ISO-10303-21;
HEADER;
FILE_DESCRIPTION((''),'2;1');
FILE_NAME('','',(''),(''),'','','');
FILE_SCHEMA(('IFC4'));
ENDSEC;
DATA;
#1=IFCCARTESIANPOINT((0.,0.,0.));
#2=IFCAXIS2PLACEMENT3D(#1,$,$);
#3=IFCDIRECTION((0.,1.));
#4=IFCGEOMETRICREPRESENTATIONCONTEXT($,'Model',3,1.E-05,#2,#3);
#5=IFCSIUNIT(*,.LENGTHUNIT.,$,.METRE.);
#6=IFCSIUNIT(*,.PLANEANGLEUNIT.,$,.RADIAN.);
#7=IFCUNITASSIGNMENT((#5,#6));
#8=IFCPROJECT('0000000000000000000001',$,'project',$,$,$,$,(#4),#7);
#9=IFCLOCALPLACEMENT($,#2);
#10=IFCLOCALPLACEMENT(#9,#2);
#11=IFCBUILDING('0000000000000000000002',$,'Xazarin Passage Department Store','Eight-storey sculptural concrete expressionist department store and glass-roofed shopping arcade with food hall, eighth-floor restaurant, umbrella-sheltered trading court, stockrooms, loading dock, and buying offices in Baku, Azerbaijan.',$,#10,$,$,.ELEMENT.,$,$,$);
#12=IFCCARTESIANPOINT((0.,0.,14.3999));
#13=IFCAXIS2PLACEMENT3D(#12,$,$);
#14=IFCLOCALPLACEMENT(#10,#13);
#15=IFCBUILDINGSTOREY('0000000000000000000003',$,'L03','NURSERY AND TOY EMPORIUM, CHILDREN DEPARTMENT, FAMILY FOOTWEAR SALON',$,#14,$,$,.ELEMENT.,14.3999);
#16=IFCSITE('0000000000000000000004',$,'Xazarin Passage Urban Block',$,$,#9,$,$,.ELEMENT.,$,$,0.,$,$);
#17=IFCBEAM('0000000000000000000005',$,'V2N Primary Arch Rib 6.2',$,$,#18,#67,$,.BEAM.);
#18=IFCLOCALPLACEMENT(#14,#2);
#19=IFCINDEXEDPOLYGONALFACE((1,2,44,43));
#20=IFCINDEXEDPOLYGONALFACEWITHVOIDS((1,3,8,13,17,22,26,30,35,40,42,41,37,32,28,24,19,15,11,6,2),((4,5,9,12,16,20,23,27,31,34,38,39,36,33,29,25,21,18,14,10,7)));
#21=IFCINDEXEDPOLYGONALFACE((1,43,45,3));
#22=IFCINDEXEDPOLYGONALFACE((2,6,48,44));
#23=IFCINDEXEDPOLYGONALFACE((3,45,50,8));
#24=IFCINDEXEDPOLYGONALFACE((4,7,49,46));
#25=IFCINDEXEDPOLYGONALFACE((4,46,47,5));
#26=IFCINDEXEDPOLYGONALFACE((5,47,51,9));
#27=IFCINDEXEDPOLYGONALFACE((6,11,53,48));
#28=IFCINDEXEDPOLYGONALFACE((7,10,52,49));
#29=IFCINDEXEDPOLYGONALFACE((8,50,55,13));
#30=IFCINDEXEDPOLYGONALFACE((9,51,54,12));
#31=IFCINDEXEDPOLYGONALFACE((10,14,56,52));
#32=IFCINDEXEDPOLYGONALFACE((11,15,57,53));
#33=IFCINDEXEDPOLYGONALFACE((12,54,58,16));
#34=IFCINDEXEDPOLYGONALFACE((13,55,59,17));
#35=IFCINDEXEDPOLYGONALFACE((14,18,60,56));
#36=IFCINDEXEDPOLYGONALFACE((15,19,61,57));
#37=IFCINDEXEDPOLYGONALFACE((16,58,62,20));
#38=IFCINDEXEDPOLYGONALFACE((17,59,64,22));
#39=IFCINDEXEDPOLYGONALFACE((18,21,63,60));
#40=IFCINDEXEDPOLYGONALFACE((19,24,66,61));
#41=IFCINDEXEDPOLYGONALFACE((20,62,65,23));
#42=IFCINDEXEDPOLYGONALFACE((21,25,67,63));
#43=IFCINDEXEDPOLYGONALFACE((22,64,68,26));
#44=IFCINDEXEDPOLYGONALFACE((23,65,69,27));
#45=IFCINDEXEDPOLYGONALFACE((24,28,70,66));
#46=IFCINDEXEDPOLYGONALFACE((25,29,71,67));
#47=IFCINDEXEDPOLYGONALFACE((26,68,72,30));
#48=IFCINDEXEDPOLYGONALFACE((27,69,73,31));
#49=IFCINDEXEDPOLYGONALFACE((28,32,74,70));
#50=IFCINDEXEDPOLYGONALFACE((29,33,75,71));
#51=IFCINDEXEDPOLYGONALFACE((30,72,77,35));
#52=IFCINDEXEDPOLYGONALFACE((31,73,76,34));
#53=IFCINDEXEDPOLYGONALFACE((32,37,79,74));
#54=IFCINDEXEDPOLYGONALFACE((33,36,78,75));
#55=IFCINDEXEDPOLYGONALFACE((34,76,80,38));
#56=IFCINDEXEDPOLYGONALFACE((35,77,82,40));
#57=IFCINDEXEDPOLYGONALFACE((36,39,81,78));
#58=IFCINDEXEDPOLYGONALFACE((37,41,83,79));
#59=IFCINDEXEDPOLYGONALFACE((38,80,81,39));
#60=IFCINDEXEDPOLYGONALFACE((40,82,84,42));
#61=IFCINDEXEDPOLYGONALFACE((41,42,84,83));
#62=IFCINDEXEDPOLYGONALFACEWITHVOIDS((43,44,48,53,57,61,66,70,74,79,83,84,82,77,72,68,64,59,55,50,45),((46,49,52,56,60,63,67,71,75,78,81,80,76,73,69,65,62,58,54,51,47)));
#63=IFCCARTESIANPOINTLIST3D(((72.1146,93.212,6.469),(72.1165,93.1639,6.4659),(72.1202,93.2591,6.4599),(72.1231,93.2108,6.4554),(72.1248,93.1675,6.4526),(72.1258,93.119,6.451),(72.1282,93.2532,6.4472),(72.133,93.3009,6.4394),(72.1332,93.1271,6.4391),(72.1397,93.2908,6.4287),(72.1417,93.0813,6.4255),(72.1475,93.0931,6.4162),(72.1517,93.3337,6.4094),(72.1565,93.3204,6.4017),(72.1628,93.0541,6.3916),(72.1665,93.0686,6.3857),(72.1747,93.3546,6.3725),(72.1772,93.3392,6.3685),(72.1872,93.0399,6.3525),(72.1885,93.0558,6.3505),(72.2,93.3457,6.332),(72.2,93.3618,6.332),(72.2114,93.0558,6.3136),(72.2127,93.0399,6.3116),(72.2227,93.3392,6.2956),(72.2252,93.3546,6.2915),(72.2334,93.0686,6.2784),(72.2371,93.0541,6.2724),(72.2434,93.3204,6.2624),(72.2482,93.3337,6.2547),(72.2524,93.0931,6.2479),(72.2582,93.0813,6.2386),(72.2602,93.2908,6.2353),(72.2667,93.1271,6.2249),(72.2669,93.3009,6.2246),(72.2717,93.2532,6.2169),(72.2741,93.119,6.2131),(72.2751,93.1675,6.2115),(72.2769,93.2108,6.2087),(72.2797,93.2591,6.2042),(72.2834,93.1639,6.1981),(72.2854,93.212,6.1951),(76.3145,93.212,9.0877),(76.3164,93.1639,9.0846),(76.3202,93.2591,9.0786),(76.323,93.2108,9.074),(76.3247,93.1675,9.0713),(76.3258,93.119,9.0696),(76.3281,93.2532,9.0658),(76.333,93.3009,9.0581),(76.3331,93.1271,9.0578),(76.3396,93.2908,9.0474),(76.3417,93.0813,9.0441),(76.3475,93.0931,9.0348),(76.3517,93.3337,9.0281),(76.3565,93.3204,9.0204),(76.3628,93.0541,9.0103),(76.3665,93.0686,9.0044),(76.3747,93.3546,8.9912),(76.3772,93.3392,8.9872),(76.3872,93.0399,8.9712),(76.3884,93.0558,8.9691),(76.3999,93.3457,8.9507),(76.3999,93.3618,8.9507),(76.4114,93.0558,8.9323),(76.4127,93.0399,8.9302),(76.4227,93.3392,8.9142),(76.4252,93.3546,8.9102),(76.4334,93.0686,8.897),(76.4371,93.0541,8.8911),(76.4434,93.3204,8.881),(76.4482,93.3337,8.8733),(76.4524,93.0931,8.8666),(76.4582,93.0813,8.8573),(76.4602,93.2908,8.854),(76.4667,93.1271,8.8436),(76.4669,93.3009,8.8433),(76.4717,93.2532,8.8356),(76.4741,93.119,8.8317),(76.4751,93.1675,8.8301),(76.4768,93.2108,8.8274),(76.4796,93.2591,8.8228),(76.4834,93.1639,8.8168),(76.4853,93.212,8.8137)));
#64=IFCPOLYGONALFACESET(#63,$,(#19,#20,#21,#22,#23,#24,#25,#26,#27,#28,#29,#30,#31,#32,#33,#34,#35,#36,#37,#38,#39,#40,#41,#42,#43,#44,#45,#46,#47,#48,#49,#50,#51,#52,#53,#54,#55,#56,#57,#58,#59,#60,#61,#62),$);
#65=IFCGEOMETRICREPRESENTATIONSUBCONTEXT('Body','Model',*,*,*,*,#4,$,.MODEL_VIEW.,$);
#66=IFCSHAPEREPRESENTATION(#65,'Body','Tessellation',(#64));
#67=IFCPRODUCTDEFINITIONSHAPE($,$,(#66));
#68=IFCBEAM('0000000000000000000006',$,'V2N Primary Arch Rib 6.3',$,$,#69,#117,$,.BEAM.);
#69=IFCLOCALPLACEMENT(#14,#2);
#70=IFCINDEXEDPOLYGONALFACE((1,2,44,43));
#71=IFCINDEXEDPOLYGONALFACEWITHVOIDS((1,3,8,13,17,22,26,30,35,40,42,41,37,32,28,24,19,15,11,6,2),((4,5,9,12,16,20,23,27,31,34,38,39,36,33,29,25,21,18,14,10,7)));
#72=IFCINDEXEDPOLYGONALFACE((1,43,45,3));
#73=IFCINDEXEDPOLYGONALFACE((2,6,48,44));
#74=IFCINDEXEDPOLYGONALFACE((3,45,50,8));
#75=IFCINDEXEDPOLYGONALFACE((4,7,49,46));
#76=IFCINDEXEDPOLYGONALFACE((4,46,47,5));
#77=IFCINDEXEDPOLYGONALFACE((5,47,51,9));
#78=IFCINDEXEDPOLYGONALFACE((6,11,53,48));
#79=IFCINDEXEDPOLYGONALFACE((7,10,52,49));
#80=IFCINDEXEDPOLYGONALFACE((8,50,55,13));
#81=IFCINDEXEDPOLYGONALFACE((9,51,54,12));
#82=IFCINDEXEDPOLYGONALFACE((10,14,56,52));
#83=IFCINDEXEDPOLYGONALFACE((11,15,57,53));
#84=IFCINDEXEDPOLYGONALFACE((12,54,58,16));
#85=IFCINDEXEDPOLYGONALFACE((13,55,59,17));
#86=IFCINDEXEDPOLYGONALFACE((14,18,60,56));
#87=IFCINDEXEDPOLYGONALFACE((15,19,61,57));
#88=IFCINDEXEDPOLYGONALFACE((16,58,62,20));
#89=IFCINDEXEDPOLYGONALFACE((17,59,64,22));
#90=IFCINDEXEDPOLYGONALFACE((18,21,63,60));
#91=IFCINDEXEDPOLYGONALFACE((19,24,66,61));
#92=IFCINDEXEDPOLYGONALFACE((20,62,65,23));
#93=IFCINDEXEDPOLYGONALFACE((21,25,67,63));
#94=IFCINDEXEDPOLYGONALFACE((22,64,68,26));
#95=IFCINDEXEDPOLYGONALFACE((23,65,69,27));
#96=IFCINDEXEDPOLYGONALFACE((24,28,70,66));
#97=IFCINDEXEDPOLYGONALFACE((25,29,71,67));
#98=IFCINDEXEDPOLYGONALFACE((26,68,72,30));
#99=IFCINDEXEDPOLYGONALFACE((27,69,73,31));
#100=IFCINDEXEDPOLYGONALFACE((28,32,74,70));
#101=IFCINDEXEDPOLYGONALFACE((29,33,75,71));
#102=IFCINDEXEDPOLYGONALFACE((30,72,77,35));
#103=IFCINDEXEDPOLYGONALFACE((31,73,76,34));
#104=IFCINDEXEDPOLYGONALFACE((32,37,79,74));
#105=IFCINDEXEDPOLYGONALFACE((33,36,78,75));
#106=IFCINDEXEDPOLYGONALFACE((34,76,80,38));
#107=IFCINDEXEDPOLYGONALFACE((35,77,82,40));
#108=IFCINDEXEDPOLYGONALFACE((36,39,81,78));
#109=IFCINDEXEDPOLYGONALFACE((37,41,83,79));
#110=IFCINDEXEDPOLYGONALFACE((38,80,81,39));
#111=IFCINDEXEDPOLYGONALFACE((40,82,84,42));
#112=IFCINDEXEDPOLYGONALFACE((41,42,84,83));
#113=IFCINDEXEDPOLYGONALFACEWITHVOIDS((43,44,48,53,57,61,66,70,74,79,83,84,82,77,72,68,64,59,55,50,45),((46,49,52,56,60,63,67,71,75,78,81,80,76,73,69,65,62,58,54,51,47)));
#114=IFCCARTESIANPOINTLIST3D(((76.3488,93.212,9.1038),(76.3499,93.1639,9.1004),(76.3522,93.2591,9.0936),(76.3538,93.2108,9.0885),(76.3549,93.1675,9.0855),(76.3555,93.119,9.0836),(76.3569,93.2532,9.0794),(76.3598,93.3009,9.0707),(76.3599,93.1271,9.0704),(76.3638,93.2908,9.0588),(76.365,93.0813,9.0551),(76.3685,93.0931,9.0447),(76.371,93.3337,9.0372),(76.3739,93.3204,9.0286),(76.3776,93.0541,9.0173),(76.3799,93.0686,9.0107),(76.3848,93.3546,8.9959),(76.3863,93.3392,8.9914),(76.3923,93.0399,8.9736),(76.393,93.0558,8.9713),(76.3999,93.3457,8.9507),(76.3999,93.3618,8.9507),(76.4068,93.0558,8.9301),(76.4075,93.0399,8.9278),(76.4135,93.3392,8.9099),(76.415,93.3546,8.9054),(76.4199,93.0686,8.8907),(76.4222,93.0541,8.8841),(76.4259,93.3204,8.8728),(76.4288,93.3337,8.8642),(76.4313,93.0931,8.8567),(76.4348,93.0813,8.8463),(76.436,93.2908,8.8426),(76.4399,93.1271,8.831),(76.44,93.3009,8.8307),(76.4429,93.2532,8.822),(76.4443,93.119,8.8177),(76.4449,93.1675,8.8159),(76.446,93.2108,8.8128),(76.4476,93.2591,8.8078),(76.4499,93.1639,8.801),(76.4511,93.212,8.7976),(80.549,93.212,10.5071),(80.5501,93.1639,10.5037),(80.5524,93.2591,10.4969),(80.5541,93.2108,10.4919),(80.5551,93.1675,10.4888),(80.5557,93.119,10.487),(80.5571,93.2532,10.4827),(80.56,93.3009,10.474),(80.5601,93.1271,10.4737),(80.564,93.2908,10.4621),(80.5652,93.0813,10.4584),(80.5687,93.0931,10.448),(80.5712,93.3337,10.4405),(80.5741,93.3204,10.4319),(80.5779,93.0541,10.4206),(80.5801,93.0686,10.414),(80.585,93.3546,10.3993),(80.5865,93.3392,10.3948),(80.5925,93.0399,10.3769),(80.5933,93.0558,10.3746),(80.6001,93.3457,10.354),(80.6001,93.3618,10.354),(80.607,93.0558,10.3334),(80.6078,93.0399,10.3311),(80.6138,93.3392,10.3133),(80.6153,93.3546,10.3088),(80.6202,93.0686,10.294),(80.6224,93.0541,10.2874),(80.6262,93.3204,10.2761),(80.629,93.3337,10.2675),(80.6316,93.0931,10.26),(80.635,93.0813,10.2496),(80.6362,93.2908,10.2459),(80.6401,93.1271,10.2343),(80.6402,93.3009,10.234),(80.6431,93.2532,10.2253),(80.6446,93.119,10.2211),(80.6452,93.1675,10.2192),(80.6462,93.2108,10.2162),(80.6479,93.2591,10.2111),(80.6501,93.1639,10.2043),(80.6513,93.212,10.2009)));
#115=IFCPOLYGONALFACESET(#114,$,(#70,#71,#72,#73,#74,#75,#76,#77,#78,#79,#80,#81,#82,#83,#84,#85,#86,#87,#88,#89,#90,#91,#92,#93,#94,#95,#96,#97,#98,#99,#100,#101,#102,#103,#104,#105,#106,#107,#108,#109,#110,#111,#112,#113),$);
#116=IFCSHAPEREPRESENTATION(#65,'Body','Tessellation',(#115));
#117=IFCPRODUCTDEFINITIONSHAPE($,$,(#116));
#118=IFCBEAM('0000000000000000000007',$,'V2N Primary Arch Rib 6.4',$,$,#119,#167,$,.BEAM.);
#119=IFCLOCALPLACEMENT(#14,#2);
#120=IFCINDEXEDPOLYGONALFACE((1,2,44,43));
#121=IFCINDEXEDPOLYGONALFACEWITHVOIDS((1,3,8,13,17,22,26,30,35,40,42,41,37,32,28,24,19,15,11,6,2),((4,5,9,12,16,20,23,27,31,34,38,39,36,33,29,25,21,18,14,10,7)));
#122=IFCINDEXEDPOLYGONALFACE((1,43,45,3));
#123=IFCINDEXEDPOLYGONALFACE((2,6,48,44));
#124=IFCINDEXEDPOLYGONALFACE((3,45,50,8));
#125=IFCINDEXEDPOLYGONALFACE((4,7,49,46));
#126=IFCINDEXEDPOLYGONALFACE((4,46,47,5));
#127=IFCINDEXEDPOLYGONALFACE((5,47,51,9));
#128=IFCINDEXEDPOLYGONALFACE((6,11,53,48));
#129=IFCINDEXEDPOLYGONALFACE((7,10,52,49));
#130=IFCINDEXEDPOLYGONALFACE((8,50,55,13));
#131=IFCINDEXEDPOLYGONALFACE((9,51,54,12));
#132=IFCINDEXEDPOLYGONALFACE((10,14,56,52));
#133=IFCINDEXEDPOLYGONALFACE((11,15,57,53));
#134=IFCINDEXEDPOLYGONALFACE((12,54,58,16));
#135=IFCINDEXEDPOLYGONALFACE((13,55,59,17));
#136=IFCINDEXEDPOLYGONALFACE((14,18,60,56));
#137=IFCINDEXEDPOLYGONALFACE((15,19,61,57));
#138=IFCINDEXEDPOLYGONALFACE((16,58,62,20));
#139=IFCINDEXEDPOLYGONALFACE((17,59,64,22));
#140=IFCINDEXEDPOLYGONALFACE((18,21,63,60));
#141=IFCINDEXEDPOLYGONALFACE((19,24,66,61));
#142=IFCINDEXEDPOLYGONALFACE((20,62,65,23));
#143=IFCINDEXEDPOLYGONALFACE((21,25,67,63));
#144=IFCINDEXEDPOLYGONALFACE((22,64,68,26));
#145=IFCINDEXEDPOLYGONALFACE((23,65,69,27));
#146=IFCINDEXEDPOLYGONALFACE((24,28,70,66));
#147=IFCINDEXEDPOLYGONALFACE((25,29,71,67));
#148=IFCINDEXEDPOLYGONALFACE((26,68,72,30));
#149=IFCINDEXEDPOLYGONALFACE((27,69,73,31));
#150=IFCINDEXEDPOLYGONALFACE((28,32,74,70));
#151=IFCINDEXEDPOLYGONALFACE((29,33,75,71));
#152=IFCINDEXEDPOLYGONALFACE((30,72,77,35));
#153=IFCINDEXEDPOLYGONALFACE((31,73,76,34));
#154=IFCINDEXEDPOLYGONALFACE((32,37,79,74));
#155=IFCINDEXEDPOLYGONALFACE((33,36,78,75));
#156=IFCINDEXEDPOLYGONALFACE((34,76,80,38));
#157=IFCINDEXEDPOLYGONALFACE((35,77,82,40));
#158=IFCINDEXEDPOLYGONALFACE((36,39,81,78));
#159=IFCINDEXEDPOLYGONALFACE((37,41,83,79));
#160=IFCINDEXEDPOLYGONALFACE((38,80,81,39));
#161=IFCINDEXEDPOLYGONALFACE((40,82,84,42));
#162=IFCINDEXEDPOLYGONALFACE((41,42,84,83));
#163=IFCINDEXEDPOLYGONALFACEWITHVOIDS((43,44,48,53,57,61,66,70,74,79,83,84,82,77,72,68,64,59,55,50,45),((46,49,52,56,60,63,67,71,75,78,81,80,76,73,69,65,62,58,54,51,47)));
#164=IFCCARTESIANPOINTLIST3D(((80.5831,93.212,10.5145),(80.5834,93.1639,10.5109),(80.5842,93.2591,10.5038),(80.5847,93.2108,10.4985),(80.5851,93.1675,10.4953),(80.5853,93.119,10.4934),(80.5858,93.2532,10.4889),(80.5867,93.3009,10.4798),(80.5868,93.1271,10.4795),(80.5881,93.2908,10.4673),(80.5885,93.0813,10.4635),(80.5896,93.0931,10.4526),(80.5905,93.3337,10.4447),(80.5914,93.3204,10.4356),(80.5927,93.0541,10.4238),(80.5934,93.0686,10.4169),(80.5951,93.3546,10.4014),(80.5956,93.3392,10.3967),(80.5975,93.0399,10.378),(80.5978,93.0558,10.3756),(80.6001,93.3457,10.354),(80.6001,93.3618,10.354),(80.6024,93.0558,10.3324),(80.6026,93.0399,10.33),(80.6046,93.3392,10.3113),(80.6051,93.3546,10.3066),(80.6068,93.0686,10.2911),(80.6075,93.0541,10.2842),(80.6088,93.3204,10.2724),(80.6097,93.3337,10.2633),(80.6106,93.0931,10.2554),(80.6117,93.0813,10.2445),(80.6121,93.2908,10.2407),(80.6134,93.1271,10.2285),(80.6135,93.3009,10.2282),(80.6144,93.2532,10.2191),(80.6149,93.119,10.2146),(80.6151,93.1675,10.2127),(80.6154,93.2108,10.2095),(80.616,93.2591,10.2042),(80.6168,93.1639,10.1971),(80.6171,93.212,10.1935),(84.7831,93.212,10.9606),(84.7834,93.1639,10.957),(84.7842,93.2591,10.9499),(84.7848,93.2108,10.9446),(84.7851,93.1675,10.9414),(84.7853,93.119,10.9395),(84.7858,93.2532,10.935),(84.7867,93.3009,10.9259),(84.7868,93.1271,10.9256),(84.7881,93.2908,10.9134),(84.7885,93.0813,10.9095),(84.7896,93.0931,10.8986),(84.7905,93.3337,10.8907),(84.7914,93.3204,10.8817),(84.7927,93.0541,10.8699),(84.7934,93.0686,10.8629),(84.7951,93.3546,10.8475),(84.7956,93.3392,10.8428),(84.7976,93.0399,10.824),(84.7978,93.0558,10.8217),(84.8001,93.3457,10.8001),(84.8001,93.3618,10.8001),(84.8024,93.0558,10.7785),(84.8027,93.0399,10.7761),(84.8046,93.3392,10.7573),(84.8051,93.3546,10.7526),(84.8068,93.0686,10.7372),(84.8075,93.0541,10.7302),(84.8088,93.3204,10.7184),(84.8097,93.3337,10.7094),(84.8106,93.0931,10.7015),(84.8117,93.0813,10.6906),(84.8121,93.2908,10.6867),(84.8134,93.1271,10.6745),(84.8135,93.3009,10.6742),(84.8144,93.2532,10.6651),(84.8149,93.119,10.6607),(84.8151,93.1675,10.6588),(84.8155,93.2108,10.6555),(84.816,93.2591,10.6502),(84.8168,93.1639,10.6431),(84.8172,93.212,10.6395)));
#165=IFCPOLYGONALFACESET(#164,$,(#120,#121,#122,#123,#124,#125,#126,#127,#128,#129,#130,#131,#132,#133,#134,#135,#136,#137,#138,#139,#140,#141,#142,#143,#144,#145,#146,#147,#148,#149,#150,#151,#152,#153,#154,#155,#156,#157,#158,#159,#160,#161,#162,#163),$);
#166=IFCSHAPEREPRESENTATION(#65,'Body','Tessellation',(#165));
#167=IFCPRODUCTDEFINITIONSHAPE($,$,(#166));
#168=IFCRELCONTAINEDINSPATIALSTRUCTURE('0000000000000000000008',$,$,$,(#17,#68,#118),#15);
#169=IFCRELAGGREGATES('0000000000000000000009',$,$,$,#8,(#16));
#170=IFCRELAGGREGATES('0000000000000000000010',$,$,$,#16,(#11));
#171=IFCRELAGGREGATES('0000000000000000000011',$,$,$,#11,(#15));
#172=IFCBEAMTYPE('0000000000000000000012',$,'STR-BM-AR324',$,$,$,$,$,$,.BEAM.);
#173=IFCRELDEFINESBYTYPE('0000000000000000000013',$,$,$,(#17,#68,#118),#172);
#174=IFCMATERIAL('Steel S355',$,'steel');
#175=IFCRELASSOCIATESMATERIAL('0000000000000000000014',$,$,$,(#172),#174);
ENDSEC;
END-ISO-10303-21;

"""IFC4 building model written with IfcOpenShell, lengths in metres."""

from ifc_helpers import new_model, si_unit, direction, frame, origin, origin_2d, place, context, subcontext, project, spatial, hollow_circle, extrude, material, material_profile, profile_set, type_object, element, save


model = new_model("IFC4")

# Units and contexts
model_context = context("Model", 3, precision=1e-05, world=origin(), true_north=direction((0.0, 1.0)))
body_context = subcontext(model_context, "Body", "Model", "MODEL_VIEW")
ifc_project = project(units=[si_unit("LENGTHUNIT", "METRE"), si_unit("PLANEANGLEUNIT", "RADIAN")], contexts=[model_context])

# Site, building, storey
site_placement = place(None, origin())
site = spatial("IfcSite", under=ifc_project, at=site_placement, Name="Xazarin Passage Urban Block", CompositionType="ELEMENT", RefElevation=0.0)
building_placement = place(site_placement, origin())
building = spatial("IfcBuilding", under=site, at=building_placement, Name="Xazarin Passage Department Store", Description="Eight-storey sculptural concrete expressionist department store and glass-roofed shopping arcade with food hall, eighth-floor restaurant, umbrella-sheltered trading court, stockrooms, loading dock, and buying offices in Baku, Azerbaijan.", CompositionType="ELEMENT")
storey_placement = place(building_placement, frame((0.0, 0.0, 14.3999)))
storey = spatial("IfcBuildingStorey", under=building, at=storey_placement, Name="L03", Description="NURSERY AND TOY EMPORIUM, CHILDREN DEPARTMENT, FAMILY FOOTWEAR SALON", CompositionType="ELEMENT", Elevation=14.3999)

# Beams
ifc_material_1 = material(Name="Steel S355", Category="steel")
ifc_material_profile_1 = material_profile(ifc_material_1, hollow_circle(Radius=0.1619, WallThickness=0.0161, at=origin_2d()), Name="CHS 323.9x16")
ifc_profile_set_1 = profile_set([ifc_material_profile_1], Name="Steel S355")
beam_type_1 = type_object("IfcBeamType", Name="STR-BM-AR324", PredefinedType="BEAM", material=ifc_profile_set_1)
beam_1_placement = place(storey_placement, frame((72.2, 93.2, 6.332), z_axis=(0.848571, 0.0, 0.529081), x_axis=(0.0, 1.0, 0.0)))
element("IfcBeam", 1, at=beam_1_placement, inside=storey, type_object=beam_type_1, Name="V2N Primary Arch Rib 6.2", PredefinedType="BEAM", context=body_context, shape_type="SweptSolid", body=[
    extrude(hollow_circle(Radius=0.1619, WallThickness=0.0161, at=origin_2d()), origin(), (0.0, 0.0, 1.0), 4.9495),
])
beam_2_placement = place(storey_placement, frame((76.3999, 93.2, 8.9507), z_axis=(0.948463, 0.0, 0.316889), x_axis=(0.0, 1.0, 0.0)))
element("IfcBeam", 2, at=beam_2_placement, inside=storey, type_object=beam_type_1, Name="V2N Primary Arch Rib 6.3", PredefinedType="BEAM", context=body_context, shape_type="SweptSolid", body=[
    extrude(hollow_circle(Radius=0.1619, WallThickness=0.0161, at=origin_2d()), origin(), (0.0, 0.0, 1.0), 4.4285),
])
for number, where, z_axis, x_axis, name in (
    (3, (80.6001, 93.2, 10.354), (0.994408, 0.0, 0.105608), (0.0, 1.0, 0.0), "V2N Primary Arch Rib 6.4"),
):
    element("IfcBeam", number, at=place(storey_placement, frame(where, z_axis=z_axis, x_axis=x_axis)), inside=storey, type_object=beam_type_1, Name=name, PredefinedType="BEAM", context=body_context, shape_type="SweptSolid", body=[
        extrude(hollow_circle(Radius=0.1619, WallThickness=0.0161, at=origin_2d()), origin(), (0.0, 0.0, 1.0), 4.2236),
    ])

save(model, "model.ifc")
